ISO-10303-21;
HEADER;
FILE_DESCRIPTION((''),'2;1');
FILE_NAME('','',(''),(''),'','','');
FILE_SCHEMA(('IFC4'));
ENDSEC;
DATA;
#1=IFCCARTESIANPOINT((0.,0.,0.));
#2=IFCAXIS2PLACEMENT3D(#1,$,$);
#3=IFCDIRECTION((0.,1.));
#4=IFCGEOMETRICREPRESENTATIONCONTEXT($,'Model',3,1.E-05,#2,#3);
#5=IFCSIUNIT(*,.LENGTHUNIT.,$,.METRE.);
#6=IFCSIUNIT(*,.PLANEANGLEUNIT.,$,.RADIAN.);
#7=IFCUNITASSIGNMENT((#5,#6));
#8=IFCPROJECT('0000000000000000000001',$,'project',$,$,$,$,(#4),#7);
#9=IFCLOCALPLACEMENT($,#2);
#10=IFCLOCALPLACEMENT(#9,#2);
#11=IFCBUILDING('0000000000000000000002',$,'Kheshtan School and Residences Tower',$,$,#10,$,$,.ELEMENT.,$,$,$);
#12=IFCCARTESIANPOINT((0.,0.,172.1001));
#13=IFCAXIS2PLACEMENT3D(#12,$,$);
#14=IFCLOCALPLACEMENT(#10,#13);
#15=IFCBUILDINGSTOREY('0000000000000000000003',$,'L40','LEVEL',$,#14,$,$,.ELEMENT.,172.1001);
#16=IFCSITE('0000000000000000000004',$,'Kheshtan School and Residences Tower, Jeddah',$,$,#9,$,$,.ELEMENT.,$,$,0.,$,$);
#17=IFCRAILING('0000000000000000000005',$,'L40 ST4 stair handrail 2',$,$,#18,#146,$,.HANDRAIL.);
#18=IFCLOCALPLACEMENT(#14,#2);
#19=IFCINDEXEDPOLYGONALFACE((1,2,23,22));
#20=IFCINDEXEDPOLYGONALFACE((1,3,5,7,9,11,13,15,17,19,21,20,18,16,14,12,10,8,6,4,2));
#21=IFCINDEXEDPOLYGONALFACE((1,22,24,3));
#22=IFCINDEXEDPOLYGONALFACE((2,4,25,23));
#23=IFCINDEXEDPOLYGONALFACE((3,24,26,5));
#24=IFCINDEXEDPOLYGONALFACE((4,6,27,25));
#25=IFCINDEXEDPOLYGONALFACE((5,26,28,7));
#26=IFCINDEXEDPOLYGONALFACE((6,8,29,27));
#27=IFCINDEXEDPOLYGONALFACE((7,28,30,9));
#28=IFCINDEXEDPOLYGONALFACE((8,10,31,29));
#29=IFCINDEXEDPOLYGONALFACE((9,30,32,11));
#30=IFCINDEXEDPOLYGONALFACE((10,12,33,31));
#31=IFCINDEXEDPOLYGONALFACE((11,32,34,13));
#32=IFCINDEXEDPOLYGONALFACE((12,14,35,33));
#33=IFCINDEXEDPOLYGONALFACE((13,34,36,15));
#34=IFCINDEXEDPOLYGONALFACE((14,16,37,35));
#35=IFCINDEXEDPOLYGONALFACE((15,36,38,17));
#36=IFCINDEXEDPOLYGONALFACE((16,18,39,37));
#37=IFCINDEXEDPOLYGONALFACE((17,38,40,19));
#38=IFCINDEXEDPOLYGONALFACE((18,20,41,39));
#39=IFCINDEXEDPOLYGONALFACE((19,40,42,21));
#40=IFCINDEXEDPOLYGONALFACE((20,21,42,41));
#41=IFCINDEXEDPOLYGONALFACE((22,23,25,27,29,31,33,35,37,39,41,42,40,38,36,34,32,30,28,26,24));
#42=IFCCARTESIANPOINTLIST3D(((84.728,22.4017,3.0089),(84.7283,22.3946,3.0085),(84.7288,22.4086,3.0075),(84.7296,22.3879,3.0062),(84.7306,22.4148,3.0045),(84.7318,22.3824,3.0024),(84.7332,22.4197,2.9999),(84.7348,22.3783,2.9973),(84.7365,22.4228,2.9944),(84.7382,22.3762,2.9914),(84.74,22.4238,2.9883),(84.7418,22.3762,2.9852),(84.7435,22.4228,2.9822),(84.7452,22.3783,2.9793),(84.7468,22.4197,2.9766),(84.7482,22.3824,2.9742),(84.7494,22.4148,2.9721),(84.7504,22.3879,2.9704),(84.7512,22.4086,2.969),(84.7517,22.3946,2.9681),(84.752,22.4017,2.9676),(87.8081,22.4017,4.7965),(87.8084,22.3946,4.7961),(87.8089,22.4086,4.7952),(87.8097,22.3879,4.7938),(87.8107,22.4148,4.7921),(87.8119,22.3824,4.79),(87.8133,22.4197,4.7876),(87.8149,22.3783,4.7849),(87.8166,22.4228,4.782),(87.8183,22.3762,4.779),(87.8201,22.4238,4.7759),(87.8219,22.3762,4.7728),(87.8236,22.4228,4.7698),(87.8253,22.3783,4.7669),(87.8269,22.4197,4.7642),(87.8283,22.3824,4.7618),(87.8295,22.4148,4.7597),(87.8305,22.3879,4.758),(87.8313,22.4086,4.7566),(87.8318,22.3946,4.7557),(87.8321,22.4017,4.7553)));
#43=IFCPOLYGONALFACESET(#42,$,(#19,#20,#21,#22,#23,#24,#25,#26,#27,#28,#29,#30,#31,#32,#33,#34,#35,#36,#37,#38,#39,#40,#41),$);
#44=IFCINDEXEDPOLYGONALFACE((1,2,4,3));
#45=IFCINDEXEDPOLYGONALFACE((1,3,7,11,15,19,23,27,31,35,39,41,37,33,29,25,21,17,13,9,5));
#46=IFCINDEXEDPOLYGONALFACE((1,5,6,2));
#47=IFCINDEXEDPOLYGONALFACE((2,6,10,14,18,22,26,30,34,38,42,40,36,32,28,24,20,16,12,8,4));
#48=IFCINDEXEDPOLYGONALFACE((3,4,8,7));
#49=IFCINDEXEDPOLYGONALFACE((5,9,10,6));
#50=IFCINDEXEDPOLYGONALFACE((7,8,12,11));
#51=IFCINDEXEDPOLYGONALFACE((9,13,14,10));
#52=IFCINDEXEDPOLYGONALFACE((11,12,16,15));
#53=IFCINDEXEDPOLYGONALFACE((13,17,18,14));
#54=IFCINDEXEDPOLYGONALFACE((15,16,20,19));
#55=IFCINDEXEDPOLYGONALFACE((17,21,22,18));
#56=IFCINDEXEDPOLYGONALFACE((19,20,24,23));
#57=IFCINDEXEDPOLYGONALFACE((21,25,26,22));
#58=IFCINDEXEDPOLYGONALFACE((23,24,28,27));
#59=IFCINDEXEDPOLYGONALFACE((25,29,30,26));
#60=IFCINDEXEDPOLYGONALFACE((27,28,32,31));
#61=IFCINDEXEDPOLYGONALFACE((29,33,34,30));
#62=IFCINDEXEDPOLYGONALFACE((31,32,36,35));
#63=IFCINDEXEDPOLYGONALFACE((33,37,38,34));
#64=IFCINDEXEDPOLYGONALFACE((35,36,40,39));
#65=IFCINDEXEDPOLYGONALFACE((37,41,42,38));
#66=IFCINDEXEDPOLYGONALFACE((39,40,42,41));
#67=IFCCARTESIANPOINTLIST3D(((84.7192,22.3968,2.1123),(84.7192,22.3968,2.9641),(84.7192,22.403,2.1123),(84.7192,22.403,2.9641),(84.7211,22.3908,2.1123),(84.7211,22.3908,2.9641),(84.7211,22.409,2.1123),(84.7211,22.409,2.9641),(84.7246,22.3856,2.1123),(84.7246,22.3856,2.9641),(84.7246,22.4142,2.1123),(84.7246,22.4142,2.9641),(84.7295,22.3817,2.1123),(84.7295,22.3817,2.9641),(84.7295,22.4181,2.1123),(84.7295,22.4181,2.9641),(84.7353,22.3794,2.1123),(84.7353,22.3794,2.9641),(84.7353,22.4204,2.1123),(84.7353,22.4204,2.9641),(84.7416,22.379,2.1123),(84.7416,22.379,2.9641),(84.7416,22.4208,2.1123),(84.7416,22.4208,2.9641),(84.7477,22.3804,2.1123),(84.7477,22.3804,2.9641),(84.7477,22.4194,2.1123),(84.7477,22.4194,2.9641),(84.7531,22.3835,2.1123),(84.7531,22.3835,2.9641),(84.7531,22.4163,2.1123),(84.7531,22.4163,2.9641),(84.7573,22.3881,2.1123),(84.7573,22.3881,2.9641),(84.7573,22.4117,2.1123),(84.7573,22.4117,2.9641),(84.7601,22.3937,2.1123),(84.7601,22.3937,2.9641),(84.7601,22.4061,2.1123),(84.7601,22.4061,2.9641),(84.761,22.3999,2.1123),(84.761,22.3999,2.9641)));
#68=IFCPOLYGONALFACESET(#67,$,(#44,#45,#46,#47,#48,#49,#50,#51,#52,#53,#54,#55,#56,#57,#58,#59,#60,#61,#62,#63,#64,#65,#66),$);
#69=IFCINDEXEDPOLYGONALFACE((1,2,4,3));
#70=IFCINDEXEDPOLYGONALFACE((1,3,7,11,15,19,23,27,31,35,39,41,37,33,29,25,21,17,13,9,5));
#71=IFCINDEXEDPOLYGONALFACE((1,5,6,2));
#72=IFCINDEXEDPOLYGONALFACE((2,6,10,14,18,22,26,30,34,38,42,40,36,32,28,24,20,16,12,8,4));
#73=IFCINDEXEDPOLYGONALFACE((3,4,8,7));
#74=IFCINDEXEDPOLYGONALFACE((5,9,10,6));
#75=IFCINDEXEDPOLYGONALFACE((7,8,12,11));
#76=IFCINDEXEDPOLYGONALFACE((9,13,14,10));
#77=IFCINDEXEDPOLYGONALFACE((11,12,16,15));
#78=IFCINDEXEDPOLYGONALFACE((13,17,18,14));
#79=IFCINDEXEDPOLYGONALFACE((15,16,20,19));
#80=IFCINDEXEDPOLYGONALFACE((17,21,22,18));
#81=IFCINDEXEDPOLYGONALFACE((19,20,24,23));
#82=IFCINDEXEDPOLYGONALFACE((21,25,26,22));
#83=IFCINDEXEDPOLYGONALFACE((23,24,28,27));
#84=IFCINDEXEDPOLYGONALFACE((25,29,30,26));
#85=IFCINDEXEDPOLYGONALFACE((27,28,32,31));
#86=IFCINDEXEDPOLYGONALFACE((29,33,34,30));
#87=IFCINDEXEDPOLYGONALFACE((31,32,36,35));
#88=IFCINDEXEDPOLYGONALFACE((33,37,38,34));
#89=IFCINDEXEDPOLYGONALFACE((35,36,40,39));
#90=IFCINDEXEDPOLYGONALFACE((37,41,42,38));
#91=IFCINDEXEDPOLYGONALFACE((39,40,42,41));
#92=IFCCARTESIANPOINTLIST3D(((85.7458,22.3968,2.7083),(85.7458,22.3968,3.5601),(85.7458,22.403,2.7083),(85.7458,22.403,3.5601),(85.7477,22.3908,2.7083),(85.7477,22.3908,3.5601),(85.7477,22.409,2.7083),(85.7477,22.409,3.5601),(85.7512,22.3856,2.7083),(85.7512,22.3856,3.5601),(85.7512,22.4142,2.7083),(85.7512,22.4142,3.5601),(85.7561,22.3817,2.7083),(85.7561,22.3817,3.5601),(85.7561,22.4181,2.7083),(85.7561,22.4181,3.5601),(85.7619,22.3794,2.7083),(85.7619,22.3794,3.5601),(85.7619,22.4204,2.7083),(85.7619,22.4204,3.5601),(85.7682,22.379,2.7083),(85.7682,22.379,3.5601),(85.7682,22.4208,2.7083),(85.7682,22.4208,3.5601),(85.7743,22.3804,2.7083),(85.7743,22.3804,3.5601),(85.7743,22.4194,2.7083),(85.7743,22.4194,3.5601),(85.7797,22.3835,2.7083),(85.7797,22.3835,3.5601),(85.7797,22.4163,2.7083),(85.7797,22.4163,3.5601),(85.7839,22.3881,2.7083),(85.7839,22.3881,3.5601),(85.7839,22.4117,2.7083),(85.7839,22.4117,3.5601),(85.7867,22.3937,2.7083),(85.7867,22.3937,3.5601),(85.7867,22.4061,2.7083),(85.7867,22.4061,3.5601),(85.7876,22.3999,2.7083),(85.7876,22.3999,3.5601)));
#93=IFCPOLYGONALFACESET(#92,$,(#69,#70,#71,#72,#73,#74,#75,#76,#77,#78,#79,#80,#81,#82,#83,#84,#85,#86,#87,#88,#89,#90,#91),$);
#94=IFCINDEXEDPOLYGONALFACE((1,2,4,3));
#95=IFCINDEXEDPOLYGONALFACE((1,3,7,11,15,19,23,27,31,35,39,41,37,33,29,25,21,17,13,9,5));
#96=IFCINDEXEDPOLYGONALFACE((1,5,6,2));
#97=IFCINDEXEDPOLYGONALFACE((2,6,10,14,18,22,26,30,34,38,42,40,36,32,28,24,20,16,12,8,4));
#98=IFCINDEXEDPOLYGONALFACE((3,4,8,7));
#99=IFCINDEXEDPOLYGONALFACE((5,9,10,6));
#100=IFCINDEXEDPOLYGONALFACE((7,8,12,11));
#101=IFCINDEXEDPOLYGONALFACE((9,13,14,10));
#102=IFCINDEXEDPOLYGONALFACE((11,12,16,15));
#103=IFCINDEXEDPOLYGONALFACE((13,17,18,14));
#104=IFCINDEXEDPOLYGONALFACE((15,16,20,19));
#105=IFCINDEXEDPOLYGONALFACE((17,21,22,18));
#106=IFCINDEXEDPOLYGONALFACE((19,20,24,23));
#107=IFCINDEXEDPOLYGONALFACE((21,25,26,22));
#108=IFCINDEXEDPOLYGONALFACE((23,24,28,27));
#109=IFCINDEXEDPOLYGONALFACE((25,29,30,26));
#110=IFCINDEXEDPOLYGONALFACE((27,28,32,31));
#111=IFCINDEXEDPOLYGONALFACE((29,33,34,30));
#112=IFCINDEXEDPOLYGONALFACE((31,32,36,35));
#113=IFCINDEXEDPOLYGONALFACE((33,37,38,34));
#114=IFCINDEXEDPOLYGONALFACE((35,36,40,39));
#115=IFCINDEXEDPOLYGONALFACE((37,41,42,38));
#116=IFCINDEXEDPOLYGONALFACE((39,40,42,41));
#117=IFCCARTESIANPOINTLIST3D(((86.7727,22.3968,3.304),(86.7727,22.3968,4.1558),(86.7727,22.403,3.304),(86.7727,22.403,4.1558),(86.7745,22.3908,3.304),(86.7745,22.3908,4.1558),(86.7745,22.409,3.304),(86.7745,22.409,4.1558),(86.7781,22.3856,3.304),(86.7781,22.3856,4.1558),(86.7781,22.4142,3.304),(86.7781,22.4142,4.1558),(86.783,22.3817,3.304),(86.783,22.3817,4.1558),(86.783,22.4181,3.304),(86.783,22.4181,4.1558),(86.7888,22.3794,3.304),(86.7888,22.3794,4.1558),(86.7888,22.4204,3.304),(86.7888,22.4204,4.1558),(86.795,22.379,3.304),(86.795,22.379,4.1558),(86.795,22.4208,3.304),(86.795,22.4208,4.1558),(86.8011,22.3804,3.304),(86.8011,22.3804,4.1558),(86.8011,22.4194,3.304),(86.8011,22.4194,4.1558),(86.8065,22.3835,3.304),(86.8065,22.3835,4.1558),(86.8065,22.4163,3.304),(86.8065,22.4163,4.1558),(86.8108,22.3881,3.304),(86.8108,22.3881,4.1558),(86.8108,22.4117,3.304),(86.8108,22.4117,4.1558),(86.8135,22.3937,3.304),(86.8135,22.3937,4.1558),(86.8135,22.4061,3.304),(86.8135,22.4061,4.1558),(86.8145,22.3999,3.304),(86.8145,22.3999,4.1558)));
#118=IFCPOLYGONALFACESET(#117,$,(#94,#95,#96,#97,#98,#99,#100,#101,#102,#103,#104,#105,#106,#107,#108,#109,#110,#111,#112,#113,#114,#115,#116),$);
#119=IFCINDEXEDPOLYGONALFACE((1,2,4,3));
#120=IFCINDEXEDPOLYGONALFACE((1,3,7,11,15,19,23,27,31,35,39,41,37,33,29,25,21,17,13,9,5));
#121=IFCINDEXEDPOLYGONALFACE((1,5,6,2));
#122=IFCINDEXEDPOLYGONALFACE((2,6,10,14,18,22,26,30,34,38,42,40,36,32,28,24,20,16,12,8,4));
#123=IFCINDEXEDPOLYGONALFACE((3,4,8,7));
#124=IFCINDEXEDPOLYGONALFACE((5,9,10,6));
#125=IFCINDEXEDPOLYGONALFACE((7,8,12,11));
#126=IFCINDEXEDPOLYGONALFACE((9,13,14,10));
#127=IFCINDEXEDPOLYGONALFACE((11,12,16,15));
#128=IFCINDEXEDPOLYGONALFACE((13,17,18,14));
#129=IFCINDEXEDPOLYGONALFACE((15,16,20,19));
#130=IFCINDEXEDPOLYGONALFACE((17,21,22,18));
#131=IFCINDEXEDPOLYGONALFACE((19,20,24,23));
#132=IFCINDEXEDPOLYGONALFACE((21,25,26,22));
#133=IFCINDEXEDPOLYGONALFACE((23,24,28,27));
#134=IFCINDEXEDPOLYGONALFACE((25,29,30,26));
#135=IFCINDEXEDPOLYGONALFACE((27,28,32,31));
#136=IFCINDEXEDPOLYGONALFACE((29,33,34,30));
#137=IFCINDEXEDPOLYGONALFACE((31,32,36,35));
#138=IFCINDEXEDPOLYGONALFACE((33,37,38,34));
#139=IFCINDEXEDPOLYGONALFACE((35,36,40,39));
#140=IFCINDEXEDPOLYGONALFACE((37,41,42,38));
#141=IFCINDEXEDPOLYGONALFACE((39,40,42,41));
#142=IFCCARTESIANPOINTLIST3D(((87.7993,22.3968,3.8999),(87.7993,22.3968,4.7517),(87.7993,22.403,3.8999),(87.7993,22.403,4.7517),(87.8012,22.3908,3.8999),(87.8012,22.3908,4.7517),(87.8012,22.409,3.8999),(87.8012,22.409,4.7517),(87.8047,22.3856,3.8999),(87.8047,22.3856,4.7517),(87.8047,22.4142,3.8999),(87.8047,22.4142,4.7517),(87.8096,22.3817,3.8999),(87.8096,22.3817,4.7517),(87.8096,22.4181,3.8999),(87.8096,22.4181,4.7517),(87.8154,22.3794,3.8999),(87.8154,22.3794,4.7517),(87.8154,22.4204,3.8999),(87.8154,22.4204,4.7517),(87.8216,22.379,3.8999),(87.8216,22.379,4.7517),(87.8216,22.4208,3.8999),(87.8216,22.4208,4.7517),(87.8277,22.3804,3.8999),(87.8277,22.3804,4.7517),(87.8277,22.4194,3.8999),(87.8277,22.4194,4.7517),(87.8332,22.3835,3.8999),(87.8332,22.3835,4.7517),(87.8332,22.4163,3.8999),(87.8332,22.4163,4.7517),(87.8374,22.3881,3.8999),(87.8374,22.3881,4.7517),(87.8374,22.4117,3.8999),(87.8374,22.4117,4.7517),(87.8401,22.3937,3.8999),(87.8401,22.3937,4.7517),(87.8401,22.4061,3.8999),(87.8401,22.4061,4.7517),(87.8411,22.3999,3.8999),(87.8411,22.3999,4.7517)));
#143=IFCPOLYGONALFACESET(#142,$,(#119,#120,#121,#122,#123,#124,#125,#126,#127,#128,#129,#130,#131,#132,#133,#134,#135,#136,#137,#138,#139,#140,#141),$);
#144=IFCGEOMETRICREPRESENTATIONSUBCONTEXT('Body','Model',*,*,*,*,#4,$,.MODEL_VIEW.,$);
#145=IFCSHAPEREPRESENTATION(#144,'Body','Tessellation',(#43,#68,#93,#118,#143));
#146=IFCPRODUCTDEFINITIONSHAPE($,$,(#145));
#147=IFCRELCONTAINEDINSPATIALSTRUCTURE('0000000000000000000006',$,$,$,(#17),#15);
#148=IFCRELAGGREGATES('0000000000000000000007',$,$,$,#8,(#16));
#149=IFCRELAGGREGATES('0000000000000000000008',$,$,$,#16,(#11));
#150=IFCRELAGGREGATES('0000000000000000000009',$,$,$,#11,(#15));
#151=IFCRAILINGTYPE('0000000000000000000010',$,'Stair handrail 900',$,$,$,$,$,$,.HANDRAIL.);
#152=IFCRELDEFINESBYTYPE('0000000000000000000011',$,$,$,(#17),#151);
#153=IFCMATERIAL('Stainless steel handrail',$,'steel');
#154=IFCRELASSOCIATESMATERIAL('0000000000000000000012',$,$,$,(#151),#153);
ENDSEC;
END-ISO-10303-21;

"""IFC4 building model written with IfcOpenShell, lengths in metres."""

from ifc_helpers import new_model, si_unit, direction, frame, origin, origin_2d, place, context, subcontext, project, spatial, circle, extrude, material, type_object, element, save


model = new_model("IFC4")

# Units and contexts
model_context = context("Model", 3, precision=1e-05, world=origin(), true_north=direction((0.0, 1.0)))
body_context = subcontext(model_context, "Body", "Model", "MODEL_VIEW")
ifc_project = project(units=[si_unit("LENGTHUNIT", "METRE"), si_unit("PLANEANGLEUNIT", "RADIAN")], contexts=[model_context])

# Site, building, storey
site_placement = place(None, origin())
site = spatial("IfcSite", under=ifc_project, at=site_placement, Name="Kheshtan School and Residences Tower, Jeddah", CompositionType="ELEMENT", RefElevation=0.0)
building_placement = place(site_placement, origin())
building = spatial("IfcBuilding", under=site, at=building_placement, Name="Kheshtan School and Residences Tower", CompositionType="ELEMENT")
storey_placement = place(building_placement, frame((0.0, 0.0, 172.1001)))
storey = spatial("IfcBuildingStorey", under=building, at=storey_placement, Name="L40", Description="LEVEL", CompositionType="ELEMENT", Elevation=172.1001)

# Railing
ifc_material_1 = material(Name="Stainless steel handrail", Category="steel")
railing_type_1 = type_object("IfcRailingType", Name="Stair handrail 900", PredefinedType="HANDRAIL", material=ifc_material_1)
railing_1_placement = place(storey_placement, frame((84.74, 22.3999, 2.1123)))
element("IfcRailing", 1, at=railing_1_placement, inside=storey, type_object=railing_type_1, Name="L40 ST4 stair handrail 2", PredefinedType="HANDRAIL", context=body_context, shape_type="SweptSolid", body=[
    extrude(circle(Radius=0.0239, at=origin_2d()), frame((0.0, 0.0, 0.876), z_axis=(0.864891, 0.0, 0.50196), x_axis=(0.0, 1.0, 0.0)), (0.0, 0.0, 1.0), 3.5613),
    extrude(circle(Radius=0.021, at=origin_2d()), origin(), (0.0, 0.0, 1.0), 0.8518),
    extrude(circle(Radius=0.021, at=origin_2d()), frame((1.0266, 0.0, 0.5959)), (0.0, 0.0, 1.0), 0.8518),
    extrude(circle(Radius=0.021, at=origin_2d()), frame((2.0535, 0.0, 1.1917)), (0.0, 0.0, 1.0), 0.8518),
    extrude(circle(Radius=0.021, at=origin_2d()), frame((3.0801, 0.0, 1.7876)), (0.0, 0.0, 1.0), 0.8518),
])

save(model, "model.ifc")
